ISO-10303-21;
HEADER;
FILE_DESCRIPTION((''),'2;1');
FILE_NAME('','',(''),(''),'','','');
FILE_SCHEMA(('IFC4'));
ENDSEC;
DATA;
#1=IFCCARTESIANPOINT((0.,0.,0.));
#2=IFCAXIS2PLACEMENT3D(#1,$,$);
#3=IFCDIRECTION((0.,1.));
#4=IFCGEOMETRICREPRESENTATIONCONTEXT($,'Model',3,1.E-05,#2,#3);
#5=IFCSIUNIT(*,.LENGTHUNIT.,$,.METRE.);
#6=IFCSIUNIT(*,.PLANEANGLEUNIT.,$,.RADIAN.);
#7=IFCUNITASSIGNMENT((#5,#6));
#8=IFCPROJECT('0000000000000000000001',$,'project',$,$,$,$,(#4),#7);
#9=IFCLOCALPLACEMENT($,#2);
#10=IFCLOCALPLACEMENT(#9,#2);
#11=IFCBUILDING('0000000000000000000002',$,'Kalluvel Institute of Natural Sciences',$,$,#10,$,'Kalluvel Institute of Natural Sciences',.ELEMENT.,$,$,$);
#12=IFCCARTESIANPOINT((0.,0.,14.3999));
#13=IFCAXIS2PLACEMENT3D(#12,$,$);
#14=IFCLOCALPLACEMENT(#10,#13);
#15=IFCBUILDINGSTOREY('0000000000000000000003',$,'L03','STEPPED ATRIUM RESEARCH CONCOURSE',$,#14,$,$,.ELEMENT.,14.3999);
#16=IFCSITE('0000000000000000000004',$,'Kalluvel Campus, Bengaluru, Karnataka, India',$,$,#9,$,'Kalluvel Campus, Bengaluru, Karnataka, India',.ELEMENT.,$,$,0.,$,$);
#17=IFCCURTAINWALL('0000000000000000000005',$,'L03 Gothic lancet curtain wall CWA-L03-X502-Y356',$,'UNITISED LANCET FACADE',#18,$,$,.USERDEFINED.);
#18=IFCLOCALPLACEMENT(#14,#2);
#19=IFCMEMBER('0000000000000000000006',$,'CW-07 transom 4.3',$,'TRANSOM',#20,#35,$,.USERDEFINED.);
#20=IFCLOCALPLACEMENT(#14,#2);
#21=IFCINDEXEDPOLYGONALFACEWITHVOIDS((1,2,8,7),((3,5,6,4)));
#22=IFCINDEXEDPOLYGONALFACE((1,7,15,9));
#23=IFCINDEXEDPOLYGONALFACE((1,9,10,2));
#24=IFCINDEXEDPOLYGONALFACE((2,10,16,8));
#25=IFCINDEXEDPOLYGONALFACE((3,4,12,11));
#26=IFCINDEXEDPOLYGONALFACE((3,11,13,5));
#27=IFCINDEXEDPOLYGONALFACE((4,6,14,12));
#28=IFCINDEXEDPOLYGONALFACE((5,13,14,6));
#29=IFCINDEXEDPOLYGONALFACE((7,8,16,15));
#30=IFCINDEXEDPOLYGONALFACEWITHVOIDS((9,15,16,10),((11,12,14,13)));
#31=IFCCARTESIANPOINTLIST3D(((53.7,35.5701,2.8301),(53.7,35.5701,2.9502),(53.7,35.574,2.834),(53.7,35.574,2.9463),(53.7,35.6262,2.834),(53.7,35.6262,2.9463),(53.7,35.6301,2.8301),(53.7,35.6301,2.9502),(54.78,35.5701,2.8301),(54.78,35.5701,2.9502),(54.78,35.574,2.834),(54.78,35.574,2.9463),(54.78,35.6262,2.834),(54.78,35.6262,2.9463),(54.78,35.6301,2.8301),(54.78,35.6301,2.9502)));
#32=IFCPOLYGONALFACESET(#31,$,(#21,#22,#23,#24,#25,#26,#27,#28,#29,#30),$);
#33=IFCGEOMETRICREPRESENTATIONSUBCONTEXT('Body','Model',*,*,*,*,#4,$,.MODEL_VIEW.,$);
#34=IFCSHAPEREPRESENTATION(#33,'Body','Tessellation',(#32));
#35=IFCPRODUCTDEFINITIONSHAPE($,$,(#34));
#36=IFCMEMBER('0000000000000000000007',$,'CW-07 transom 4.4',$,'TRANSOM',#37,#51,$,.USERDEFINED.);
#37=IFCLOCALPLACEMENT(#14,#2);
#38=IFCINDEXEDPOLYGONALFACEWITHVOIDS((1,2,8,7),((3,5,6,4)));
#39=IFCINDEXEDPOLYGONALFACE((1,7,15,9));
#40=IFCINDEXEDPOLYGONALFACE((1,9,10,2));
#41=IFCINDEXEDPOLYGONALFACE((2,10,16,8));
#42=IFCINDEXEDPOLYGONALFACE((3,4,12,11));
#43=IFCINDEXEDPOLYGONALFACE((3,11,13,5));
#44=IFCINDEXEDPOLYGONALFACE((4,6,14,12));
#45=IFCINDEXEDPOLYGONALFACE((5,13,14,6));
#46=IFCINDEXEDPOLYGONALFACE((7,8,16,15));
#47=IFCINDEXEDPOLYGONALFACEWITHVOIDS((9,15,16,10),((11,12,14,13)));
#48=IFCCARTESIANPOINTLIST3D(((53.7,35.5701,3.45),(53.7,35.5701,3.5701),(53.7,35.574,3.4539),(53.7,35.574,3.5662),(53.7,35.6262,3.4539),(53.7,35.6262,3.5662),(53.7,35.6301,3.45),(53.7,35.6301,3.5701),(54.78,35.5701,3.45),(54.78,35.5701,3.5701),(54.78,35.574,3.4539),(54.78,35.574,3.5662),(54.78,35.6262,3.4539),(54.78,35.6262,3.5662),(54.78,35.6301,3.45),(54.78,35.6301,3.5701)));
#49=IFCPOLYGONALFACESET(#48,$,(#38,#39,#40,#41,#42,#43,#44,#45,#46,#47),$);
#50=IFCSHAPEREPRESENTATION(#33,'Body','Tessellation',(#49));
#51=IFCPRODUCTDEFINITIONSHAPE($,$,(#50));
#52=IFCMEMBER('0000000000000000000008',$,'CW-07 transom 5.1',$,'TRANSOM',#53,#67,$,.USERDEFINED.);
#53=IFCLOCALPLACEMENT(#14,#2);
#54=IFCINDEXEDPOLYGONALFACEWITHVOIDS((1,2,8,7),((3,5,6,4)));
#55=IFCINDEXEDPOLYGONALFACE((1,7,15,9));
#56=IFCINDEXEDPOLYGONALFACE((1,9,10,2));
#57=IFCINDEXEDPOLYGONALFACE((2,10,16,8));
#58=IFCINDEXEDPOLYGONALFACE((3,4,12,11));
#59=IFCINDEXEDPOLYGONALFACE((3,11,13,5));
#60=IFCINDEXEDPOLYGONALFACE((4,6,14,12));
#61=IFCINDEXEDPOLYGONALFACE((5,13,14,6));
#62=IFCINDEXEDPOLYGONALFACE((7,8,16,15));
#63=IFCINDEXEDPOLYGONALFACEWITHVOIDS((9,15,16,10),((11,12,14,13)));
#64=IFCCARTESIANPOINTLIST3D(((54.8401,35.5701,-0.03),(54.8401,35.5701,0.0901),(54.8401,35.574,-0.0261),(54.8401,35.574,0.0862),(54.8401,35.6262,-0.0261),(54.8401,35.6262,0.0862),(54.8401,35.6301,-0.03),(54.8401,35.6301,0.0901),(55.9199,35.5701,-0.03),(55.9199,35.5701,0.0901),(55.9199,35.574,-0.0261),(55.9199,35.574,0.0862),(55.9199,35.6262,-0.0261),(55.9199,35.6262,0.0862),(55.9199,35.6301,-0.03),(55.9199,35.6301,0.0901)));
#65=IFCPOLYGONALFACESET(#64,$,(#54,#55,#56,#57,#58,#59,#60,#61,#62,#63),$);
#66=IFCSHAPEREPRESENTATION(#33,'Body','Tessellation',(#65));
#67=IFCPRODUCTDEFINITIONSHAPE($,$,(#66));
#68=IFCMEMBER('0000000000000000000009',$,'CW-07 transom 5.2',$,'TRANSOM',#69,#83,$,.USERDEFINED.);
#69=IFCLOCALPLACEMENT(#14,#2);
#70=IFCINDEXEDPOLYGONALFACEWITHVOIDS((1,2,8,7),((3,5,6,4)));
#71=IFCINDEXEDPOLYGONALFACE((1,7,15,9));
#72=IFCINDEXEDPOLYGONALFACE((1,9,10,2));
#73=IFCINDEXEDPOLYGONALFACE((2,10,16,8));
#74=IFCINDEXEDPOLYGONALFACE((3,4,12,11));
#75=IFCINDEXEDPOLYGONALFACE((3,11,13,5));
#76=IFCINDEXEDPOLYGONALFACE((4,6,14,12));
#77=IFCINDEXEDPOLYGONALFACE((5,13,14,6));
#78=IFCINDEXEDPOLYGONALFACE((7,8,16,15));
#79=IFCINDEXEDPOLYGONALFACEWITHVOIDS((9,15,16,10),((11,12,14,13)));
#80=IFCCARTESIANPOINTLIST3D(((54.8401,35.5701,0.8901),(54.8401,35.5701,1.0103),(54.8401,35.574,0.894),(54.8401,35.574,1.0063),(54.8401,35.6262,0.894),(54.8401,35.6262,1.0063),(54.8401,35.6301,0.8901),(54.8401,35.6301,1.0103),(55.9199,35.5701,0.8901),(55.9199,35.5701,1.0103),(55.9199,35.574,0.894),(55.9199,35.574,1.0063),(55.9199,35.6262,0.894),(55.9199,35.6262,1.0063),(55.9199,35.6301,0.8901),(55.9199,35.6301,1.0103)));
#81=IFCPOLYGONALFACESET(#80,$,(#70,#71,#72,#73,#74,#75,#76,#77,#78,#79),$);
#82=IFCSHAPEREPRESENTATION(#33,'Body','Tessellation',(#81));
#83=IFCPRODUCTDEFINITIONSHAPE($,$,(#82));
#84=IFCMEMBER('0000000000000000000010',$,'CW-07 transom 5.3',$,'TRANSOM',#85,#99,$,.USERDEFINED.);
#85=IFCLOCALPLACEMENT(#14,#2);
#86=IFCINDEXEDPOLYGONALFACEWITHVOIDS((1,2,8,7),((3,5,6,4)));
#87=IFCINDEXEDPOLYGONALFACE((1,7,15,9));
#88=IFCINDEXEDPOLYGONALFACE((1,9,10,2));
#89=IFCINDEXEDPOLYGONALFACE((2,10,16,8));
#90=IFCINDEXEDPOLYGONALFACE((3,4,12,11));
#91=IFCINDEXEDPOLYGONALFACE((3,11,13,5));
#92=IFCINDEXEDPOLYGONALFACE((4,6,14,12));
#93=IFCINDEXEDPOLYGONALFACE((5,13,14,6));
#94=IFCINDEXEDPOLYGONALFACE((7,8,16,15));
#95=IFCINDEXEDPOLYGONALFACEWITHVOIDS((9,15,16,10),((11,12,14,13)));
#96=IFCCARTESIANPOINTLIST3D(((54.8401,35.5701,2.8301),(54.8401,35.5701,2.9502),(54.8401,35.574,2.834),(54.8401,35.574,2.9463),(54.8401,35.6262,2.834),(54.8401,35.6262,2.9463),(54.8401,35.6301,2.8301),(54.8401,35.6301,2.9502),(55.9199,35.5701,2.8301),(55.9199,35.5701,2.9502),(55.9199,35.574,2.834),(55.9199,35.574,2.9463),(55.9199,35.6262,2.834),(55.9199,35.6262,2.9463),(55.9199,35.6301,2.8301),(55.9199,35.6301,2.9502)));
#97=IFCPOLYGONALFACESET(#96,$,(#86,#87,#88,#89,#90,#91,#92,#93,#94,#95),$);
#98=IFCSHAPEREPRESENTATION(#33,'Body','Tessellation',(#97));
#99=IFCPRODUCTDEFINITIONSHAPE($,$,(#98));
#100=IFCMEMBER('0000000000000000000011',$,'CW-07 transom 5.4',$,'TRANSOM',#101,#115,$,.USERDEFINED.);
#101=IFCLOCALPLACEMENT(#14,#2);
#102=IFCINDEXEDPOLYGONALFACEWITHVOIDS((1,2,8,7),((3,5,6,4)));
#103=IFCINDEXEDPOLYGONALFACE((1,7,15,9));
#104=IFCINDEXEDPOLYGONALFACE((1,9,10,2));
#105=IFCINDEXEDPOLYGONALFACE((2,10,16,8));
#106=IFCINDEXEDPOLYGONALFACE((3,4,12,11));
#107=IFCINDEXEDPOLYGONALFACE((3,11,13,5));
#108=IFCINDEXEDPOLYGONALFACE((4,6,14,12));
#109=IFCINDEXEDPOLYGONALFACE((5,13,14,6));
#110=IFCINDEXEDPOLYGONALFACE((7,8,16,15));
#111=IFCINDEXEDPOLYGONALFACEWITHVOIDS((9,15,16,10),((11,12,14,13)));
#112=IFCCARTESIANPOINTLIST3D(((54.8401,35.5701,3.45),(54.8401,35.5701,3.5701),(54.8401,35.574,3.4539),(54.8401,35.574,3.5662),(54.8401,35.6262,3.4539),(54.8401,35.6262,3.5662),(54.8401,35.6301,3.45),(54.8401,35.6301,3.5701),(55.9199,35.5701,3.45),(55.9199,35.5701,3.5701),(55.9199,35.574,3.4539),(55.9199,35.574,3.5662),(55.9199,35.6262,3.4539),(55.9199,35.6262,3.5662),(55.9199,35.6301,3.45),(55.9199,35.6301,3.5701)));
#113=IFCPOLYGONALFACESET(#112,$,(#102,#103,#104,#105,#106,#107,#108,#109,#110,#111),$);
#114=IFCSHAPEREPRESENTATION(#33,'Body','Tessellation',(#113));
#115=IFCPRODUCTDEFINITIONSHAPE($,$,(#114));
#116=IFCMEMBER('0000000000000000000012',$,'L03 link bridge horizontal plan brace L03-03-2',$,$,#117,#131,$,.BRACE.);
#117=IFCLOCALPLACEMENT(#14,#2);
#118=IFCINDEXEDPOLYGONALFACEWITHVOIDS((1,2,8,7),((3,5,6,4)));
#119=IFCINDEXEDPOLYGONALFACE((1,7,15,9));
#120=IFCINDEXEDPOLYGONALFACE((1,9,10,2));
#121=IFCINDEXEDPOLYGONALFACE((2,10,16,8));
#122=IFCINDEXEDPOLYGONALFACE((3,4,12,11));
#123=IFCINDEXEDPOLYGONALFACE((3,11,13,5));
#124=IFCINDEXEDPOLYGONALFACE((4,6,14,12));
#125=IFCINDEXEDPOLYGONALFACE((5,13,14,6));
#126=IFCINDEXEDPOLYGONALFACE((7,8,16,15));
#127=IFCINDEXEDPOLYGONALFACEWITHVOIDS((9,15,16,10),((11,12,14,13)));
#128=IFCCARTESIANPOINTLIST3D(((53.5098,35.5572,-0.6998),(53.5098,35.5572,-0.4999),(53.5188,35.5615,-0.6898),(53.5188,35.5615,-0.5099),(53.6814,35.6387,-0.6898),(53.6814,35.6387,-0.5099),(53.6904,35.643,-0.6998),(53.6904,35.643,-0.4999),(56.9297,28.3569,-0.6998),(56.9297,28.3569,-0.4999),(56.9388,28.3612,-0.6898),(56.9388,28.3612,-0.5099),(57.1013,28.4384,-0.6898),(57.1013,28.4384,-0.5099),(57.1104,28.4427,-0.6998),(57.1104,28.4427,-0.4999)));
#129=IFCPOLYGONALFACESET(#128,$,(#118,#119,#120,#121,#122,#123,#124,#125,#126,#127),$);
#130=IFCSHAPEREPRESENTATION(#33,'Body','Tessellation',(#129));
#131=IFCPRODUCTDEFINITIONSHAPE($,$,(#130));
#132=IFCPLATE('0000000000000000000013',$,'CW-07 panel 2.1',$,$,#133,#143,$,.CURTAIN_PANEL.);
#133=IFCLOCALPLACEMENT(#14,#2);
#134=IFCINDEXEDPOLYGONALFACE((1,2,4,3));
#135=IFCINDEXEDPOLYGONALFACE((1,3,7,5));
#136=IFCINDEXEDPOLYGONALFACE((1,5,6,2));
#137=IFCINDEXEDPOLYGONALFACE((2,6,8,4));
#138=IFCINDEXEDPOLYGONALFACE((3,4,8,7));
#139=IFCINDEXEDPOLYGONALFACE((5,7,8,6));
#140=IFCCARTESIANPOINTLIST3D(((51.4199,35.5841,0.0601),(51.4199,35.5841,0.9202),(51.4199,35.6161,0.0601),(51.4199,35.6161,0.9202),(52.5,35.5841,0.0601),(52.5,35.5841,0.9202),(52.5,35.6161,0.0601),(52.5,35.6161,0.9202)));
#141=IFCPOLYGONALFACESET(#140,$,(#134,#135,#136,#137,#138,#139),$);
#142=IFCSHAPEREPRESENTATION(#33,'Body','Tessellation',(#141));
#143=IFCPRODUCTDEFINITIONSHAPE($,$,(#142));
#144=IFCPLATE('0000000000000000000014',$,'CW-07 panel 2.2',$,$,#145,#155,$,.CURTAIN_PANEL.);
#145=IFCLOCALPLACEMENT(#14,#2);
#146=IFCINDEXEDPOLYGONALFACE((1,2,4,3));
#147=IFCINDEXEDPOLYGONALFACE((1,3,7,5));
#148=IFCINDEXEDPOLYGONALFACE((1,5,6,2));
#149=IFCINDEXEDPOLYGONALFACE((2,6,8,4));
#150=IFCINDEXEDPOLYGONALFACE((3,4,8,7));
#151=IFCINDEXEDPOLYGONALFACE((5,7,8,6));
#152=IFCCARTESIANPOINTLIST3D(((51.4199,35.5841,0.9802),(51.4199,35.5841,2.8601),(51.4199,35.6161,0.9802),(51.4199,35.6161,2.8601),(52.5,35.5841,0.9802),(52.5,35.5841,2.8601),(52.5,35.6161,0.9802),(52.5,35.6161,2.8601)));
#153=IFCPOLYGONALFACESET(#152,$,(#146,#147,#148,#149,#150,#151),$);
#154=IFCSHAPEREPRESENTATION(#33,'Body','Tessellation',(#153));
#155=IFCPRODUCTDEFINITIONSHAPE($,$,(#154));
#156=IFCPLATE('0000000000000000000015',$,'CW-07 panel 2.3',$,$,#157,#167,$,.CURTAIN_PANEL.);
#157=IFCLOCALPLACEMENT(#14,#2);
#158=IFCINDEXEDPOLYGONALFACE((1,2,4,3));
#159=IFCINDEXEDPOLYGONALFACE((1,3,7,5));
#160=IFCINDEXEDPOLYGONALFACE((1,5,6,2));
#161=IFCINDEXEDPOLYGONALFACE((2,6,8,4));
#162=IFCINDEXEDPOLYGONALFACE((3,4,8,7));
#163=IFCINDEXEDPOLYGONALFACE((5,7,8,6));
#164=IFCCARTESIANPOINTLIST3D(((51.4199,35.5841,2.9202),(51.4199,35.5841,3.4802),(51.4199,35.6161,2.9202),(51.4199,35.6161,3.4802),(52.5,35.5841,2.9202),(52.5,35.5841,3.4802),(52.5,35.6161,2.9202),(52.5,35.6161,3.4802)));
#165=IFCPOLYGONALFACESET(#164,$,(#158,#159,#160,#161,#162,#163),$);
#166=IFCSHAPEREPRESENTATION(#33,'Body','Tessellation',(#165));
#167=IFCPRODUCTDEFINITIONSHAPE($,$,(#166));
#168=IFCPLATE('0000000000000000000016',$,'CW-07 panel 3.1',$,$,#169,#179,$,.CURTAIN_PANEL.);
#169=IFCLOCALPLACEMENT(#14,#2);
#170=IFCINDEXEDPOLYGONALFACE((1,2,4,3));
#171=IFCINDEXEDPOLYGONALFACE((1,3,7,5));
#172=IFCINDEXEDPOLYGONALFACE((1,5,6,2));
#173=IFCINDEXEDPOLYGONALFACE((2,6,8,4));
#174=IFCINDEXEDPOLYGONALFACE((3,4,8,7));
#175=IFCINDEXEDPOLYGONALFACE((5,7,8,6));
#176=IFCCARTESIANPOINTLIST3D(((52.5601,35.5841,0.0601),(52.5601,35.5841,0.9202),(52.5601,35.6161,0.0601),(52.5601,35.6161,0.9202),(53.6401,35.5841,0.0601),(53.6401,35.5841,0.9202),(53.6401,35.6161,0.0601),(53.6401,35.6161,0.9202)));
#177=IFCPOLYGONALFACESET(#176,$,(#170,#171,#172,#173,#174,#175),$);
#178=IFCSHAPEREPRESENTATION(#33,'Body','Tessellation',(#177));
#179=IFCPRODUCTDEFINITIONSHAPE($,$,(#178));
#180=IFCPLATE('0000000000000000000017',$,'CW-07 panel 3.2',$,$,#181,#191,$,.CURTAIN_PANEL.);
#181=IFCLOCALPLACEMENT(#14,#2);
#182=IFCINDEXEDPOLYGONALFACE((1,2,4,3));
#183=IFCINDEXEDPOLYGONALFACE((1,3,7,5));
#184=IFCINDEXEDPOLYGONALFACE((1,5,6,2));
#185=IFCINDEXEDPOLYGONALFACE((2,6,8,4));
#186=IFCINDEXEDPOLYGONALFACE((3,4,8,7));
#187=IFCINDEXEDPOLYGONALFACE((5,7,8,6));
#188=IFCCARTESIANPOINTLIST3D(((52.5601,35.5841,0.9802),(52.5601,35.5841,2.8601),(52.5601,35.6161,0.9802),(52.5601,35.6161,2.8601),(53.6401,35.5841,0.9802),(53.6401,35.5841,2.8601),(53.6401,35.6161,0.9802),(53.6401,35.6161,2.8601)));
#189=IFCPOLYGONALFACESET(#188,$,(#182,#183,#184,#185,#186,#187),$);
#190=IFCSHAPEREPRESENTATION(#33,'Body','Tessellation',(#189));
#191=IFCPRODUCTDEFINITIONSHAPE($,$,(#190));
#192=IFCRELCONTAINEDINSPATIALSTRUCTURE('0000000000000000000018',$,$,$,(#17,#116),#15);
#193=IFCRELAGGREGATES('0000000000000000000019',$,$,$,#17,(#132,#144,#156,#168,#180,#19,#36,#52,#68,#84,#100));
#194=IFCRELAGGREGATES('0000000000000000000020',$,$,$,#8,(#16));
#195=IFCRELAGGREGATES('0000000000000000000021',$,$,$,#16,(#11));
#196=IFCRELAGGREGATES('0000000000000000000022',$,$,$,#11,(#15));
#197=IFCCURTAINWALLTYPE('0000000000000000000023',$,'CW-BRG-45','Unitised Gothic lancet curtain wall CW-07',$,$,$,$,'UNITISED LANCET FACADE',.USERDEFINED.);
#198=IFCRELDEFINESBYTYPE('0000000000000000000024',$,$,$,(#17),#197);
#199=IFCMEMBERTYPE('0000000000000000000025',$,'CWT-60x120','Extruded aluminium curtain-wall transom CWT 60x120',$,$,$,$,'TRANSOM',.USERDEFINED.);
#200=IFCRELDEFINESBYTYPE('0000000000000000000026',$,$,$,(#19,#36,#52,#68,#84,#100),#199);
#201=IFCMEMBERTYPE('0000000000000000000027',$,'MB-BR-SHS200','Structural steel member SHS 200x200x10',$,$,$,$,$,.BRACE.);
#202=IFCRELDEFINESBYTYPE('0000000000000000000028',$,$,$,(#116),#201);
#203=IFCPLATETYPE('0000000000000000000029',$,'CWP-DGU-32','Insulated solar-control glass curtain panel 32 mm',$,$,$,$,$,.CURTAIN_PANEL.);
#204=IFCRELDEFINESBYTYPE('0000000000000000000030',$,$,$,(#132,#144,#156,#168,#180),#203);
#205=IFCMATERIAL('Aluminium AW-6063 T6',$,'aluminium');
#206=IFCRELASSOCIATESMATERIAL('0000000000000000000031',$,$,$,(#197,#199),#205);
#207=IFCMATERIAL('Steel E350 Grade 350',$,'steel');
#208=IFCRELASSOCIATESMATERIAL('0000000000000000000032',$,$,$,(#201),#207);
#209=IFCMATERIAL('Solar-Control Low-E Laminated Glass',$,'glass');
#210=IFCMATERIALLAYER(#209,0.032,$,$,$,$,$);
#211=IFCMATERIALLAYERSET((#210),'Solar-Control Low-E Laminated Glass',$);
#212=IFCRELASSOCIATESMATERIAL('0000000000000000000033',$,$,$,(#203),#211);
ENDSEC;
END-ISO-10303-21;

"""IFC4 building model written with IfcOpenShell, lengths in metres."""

from ifc_helpers import new_model, si_unit, direction, frame, origin, origin_2d, place, context, subcontext, project, spatial, rectangle, hollow_rectangle, extrude, material, layer, layer_set, material_profile, profile_set, type_object, element, aggregate, save


model = new_model("IFC4")

# Units and contexts
model_context = context("Model", 3, precision=1e-05, world=origin(), true_north=direction((0.0, 1.0)))
body_context = subcontext(model_context, "Body", "Model", "MODEL_VIEW")
ifc_project = project(units=[si_unit("LENGTHUNIT", "METRE"), si_unit("PLANEANGLEUNIT", "RADIAN")], contexts=[model_context])

# Site, building, storey
site_placement = place(None, origin())
site = spatial("IfcSite", under=ifc_project, at=site_placement, Name="Kalluvel Campus, Bengaluru, Karnataka, India", LongName="Kalluvel Campus, Bengaluru, Karnataka, India", CompositionType="ELEMENT", RefElevation=0.0)
building_placement = place(site_placement, origin())
building = spatial("IfcBuilding", under=site, at=building_placement, Name="Kalluvel Institute of Natural Sciences", LongName="Kalluvel Institute of Natural Sciences", CompositionType="ELEMENT")
storey_placement = place(building_placement, frame((0.0, 0.0, 14.3999)))
storey = spatial("IfcBuildingStorey", under=building, at=storey_placement, Name="L03", Description="STEPPED ATRIUM RESEARCH CONCOURSE", CompositionType="ELEMENT", Elevation=14.3999)

# Curtain wall, members
ifc_material_1 = material(Name="Aluminium AW-6063 T6", Category="aluminium")
curtain_wall_type = type_object("IfcCurtainWallType", Name="CW-BRG-45", Description="Unitised Gothic lancet curtain wall CW-07", ElementType="UNITISED LANCET FACADE", PredefinedType="USERDEFINED", material=ifc_material_1)
curtain_wall_placement = place(storey_placement, origin())
curtain_wall = element("IfcCurtainWall", 1, at=curtain_wall_placement, inside=storey, type_object=curtain_wall_type, Name="L03 Gothic lancet curtain wall CWA-L03-X502-Y356", ObjectType="UNITISED LANCET FACADE", PredefinedType="USERDEFINED")
ifc_material_profile_1 = material_profile(ifc_material_1, hollow_rectangle(XDim=0.0601, YDim=0.1201, WallThickness=0.0039, at=origin_2d()), Name="CWT 60x120")
ifc_profile_set_1 = profile_set([ifc_material_profile_1], Name="Aluminium AW-6063 T6")
member_type_1 = type_object("IfcMemberType", Name="CWT-60x120", Description="Extruded aluminium curtain-wall transom CWT 60x120", ElementType="TRANSOM", PredefinedType="USERDEFINED", material=ifc_profile_set_1)
member_1_placement = place(storey_placement, frame((53.7, 35.6001, 2.8901), z_axis=(1.0, 0.0, 0.0), x_axis=(0.0, 1.0, 0.0)))
member_1 = element("IfcMember", 2, at=member_1_placement, type_object=member_type_1, Name="CW-07 transom 4.3", ObjectType="TRANSOM", PredefinedType="USERDEFINED", context=body_context, shape_type="SweptSolid", body=[
    extrude(hollow_rectangle(XDim=0.0601, YDim=0.1201, WallThickness=0.0039, at=origin_2d()), origin(), (0.0, 0.0, 1.0), 1.0801),
])
member_2_placement = place(storey_placement, frame((53.7, 35.6001, 3.51), z_axis=(1.0, 0.0, 0.0), x_axis=(0.0, 1.0, 0.0)))
member_2 = element("IfcMember", 3, at=member_2_placement, type_object=member_type_1, Name="CW-07 transom 4.4", ObjectType="TRANSOM", PredefinedType="USERDEFINED", context=body_context, shape_type="SweptSolid", body=[
    extrude(hollow_rectangle(XDim=0.0601, YDim=0.1201, WallThickness=0.0039, at=origin_2d()), origin(), (0.0, 0.0, 1.0), 1.0801),
])
member_3_placement = place(storey_placement, frame((54.8401, 35.6001, 0.03), z_axis=(1.0, 0.0, 0.0), x_axis=(0.0, 1.0, 0.0)))
member_3 = element("IfcMember", 4, at=member_3_placement, type_object=member_type_1, Name="CW-07 transom 5.1", ObjectType="TRANSOM", PredefinedType="USERDEFINED", context=body_context, shape_type="SweptSolid", body=[
    extrude(hollow_rectangle(XDim=0.0601, YDim=0.1201, WallThickness=0.0039, at=origin_2d()), origin(), (0.0, 0.0, 1.0), 1.0798),
])
member_4_placement = place(storey_placement, frame((54.8401, 35.6001, 0.9502), z_axis=(1.0, 0.0, 0.0), x_axis=(0.0, 1.0, 0.0)))
member_4 = element("IfcMember", 5, at=member_4_placement, type_object=member_type_1, Name="CW-07 transom 5.2", ObjectType="TRANSOM", PredefinedType="USERDEFINED", context=body_context, shape_type="SweptSolid", body=[
    extrude(hollow_rectangle(XDim=0.0601, YDim=0.1201, WallThickness=0.0039, at=origin_2d()), origin(), (0.0, 0.0, 1.0), 1.0798),
])
member_5_placement = place(storey_placement, frame((54.8401, 35.6001, 2.8901), z_axis=(1.0, 0.0, 0.0), x_axis=(0.0, 1.0, 0.0)))
member_5 = element("IfcMember", 6, at=member_5_placement, type_object=member_type_1, Name="CW-07 transom 5.3", ObjectType="TRANSOM", PredefinedType="USERDEFINED", context=body_context, shape_type="SweptSolid", body=[
    extrude(hollow_rectangle(XDim=0.0601, YDim=0.1201, WallThickness=0.0039, at=origin_2d()), origin(), (0.0, 0.0, 1.0), 1.0798),
])
member_6_placement = place(storey_placement, frame((54.8401, 35.6001, 3.51), z_axis=(1.0, 0.0, 0.0), x_axis=(0.0, 1.0, 0.0)))
member_6 = element("IfcMember", 7, at=member_6_placement, type_object=member_type_1, Name="CW-07 transom 5.4", ObjectType="TRANSOM", PredefinedType="USERDEFINED", context=body_context, shape_type="SweptSolid", body=[
    extrude(hollow_rectangle(XDim=0.0601, YDim=0.1201, WallThickness=0.0039, at=origin_2d()), origin(), (0.0, 0.0, 1.0), 1.0798),
])

# Member
ifc_material_2 = material(Name="Steel E350 Grade 350", Category="steel")
ifc_material_profile_2 = material_profile(ifc_material_2, hollow_rectangle(XDim=0.2, YDim=0.2, WallThickness=0.01, at=origin_2d()), Name="SHS 200x200x10")
ifc_profile_set_2 = profile_set([ifc_material_profile_2], Name="Steel E350 Grade 350")
member_type_2 = type_object("IfcMemberType", Name="MB-BR-SHS200", Description="Structural steel member SHS 200x200x10", PredefinedType="BRACE", material=ifc_profile_set_2)
member_7_placement = place(storey_placement, frame((53.6001, 35.6001, -0.5999), z_axis=(0.429039, -0.903286, 0.0), x_axis=(0.903286, 0.429039, 0.0)))
element("IfcMember", 8, at=member_7_placement, inside=storey, type_object=member_type_2, Name="L03 link bridge horizontal plan brace L03-03-2", PredefinedType="BRACE", context=body_context, shape_type="SweptSolid", body=[
    extrude(hollow_rectangle(XDim=0.2, YDim=0.2, WallThickness=0.01, at=origin_2d()), origin(), (0.0, 0.0, 1.0), 7.9712),
])

# Plates
ifc_material_3 = material(Name="Solar-Control Low-E Laminated Glass", Category="glass")
ifc_layer = layer(ifc_material_3, 0.032)
ifc_layer_set = layer_set([ifc_layer], Name="Solar-Control Low-E Laminated Glass")
plate_type = type_object("IfcPlateType", Name="CWP-DGU-32", Description="Insulated solar-control glass curtain panel 32 mm", PredefinedType="CURTAIN_PANEL", material=ifc_layer_set)
plate_1_placement = place(storey_placement, frame((51.96, 35.6001, 0.0601), z_axis=(0.0, 0.0, 1.0), x_axis=(1.0, 0.0, 0.0)))
plate_1 = element("IfcPlate", 9, at=plate_1_placement, type_object=plate_type, Name="CW-07 panel 2.1", PredefinedType="CURTAIN_PANEL", context=body_context, shape_type="SweptSolid", body=[
    extrude(rectangle(XDim=1.0801, YDim=0.032, at=origin_2d()), origin(), (0.0, 0.0, 1.0), 0.8601),
])
plate_2_placement = place(storey_placement, frame((51.96, 35.6001, 0.9802), z_axis=(0.0, 0.0, 1.0), x_axis=(1.0, 0.0, 0.0)))
plate_2 = element("IfcPlate", 10, at=plate_2_placement, type_object=plate_type, Name="CW-07 panel 2.2", PredefinedType="CURTAIN_PANEL", context=body_context, shape_type="SweptSolid", body=[
    extrude(rectangle(XDim=1.0801, YDim=0.032, at=origin_2d()), origin(), (0.0, 0.0, 1.0), 1.8799),
])
plate_3_placement = place(storey_placement, frame((51.96, 35.6001, 2.9202), z_axis=(0.0, 0.0, 1.0), x_axis=(1.0, 0.0, 0.0)))
plate_3 = element("IfcPlate", 11, at=plate_3_placement, type_object=plate_type, Name="CW-07 panel 2.3", PredefinedType="CURTAIN_PANEL", context=body_context, shape_type="SweptSolid", body=[
    extrude(rectangle(XDim=1.0801, YDim=0.032, at=origin_2d()), origin(), (0.0, 0.0, 1.0), 0.5601),
])
plate_4_placement = place(storey_placement, frame((53.1001, 35.6001, 0.0601), z_axis=(0.0, 0.0, 1.0), x_axis=(1.0, 0.0, 0.0)))
plate_4 = element("IfcPlate", 12, at=plate_4_placement, type_object=plate_type, Name="CW-07 panel 3.1", PredefinedType="CURTAIN_PANEL", context=body_context, shape_type="SweptSolid", body=[
    extrude(rectangle(XDim=1.0801, YDim=0.032, at=origin_2d()), origin(), (0.0, 0.0, 1.0), 0.8601),
])
plate_5_placement = place(storey_placement, frame((53.1001, 35.6001, 0.9802), z_axis=(0.0, 0.0, 1.0), x_axis=(1.0, 0.0, 0.0)))
plate_5 = element("IfcPlate", 13, at=plate_5_placement, type_object=plate_type, Name="CW-07 panel 3.2", PredefinedType="CURTAIN_PANEL", context=body_context, shape_type="SweptSolid", body=[
    extrude(rectangle(XDim=1.0801, YDim=0.032, at=origin_2d()), origin(), (0.0, 0.0, 1.0), 1.8799),
])
aggregate(curtain_wall, [plate_1, plate_2, plate_3, plate_4, plate_5, member_1, member_2, member_3, member_4, member_5, member_6])

save(model, "model.ifc")
